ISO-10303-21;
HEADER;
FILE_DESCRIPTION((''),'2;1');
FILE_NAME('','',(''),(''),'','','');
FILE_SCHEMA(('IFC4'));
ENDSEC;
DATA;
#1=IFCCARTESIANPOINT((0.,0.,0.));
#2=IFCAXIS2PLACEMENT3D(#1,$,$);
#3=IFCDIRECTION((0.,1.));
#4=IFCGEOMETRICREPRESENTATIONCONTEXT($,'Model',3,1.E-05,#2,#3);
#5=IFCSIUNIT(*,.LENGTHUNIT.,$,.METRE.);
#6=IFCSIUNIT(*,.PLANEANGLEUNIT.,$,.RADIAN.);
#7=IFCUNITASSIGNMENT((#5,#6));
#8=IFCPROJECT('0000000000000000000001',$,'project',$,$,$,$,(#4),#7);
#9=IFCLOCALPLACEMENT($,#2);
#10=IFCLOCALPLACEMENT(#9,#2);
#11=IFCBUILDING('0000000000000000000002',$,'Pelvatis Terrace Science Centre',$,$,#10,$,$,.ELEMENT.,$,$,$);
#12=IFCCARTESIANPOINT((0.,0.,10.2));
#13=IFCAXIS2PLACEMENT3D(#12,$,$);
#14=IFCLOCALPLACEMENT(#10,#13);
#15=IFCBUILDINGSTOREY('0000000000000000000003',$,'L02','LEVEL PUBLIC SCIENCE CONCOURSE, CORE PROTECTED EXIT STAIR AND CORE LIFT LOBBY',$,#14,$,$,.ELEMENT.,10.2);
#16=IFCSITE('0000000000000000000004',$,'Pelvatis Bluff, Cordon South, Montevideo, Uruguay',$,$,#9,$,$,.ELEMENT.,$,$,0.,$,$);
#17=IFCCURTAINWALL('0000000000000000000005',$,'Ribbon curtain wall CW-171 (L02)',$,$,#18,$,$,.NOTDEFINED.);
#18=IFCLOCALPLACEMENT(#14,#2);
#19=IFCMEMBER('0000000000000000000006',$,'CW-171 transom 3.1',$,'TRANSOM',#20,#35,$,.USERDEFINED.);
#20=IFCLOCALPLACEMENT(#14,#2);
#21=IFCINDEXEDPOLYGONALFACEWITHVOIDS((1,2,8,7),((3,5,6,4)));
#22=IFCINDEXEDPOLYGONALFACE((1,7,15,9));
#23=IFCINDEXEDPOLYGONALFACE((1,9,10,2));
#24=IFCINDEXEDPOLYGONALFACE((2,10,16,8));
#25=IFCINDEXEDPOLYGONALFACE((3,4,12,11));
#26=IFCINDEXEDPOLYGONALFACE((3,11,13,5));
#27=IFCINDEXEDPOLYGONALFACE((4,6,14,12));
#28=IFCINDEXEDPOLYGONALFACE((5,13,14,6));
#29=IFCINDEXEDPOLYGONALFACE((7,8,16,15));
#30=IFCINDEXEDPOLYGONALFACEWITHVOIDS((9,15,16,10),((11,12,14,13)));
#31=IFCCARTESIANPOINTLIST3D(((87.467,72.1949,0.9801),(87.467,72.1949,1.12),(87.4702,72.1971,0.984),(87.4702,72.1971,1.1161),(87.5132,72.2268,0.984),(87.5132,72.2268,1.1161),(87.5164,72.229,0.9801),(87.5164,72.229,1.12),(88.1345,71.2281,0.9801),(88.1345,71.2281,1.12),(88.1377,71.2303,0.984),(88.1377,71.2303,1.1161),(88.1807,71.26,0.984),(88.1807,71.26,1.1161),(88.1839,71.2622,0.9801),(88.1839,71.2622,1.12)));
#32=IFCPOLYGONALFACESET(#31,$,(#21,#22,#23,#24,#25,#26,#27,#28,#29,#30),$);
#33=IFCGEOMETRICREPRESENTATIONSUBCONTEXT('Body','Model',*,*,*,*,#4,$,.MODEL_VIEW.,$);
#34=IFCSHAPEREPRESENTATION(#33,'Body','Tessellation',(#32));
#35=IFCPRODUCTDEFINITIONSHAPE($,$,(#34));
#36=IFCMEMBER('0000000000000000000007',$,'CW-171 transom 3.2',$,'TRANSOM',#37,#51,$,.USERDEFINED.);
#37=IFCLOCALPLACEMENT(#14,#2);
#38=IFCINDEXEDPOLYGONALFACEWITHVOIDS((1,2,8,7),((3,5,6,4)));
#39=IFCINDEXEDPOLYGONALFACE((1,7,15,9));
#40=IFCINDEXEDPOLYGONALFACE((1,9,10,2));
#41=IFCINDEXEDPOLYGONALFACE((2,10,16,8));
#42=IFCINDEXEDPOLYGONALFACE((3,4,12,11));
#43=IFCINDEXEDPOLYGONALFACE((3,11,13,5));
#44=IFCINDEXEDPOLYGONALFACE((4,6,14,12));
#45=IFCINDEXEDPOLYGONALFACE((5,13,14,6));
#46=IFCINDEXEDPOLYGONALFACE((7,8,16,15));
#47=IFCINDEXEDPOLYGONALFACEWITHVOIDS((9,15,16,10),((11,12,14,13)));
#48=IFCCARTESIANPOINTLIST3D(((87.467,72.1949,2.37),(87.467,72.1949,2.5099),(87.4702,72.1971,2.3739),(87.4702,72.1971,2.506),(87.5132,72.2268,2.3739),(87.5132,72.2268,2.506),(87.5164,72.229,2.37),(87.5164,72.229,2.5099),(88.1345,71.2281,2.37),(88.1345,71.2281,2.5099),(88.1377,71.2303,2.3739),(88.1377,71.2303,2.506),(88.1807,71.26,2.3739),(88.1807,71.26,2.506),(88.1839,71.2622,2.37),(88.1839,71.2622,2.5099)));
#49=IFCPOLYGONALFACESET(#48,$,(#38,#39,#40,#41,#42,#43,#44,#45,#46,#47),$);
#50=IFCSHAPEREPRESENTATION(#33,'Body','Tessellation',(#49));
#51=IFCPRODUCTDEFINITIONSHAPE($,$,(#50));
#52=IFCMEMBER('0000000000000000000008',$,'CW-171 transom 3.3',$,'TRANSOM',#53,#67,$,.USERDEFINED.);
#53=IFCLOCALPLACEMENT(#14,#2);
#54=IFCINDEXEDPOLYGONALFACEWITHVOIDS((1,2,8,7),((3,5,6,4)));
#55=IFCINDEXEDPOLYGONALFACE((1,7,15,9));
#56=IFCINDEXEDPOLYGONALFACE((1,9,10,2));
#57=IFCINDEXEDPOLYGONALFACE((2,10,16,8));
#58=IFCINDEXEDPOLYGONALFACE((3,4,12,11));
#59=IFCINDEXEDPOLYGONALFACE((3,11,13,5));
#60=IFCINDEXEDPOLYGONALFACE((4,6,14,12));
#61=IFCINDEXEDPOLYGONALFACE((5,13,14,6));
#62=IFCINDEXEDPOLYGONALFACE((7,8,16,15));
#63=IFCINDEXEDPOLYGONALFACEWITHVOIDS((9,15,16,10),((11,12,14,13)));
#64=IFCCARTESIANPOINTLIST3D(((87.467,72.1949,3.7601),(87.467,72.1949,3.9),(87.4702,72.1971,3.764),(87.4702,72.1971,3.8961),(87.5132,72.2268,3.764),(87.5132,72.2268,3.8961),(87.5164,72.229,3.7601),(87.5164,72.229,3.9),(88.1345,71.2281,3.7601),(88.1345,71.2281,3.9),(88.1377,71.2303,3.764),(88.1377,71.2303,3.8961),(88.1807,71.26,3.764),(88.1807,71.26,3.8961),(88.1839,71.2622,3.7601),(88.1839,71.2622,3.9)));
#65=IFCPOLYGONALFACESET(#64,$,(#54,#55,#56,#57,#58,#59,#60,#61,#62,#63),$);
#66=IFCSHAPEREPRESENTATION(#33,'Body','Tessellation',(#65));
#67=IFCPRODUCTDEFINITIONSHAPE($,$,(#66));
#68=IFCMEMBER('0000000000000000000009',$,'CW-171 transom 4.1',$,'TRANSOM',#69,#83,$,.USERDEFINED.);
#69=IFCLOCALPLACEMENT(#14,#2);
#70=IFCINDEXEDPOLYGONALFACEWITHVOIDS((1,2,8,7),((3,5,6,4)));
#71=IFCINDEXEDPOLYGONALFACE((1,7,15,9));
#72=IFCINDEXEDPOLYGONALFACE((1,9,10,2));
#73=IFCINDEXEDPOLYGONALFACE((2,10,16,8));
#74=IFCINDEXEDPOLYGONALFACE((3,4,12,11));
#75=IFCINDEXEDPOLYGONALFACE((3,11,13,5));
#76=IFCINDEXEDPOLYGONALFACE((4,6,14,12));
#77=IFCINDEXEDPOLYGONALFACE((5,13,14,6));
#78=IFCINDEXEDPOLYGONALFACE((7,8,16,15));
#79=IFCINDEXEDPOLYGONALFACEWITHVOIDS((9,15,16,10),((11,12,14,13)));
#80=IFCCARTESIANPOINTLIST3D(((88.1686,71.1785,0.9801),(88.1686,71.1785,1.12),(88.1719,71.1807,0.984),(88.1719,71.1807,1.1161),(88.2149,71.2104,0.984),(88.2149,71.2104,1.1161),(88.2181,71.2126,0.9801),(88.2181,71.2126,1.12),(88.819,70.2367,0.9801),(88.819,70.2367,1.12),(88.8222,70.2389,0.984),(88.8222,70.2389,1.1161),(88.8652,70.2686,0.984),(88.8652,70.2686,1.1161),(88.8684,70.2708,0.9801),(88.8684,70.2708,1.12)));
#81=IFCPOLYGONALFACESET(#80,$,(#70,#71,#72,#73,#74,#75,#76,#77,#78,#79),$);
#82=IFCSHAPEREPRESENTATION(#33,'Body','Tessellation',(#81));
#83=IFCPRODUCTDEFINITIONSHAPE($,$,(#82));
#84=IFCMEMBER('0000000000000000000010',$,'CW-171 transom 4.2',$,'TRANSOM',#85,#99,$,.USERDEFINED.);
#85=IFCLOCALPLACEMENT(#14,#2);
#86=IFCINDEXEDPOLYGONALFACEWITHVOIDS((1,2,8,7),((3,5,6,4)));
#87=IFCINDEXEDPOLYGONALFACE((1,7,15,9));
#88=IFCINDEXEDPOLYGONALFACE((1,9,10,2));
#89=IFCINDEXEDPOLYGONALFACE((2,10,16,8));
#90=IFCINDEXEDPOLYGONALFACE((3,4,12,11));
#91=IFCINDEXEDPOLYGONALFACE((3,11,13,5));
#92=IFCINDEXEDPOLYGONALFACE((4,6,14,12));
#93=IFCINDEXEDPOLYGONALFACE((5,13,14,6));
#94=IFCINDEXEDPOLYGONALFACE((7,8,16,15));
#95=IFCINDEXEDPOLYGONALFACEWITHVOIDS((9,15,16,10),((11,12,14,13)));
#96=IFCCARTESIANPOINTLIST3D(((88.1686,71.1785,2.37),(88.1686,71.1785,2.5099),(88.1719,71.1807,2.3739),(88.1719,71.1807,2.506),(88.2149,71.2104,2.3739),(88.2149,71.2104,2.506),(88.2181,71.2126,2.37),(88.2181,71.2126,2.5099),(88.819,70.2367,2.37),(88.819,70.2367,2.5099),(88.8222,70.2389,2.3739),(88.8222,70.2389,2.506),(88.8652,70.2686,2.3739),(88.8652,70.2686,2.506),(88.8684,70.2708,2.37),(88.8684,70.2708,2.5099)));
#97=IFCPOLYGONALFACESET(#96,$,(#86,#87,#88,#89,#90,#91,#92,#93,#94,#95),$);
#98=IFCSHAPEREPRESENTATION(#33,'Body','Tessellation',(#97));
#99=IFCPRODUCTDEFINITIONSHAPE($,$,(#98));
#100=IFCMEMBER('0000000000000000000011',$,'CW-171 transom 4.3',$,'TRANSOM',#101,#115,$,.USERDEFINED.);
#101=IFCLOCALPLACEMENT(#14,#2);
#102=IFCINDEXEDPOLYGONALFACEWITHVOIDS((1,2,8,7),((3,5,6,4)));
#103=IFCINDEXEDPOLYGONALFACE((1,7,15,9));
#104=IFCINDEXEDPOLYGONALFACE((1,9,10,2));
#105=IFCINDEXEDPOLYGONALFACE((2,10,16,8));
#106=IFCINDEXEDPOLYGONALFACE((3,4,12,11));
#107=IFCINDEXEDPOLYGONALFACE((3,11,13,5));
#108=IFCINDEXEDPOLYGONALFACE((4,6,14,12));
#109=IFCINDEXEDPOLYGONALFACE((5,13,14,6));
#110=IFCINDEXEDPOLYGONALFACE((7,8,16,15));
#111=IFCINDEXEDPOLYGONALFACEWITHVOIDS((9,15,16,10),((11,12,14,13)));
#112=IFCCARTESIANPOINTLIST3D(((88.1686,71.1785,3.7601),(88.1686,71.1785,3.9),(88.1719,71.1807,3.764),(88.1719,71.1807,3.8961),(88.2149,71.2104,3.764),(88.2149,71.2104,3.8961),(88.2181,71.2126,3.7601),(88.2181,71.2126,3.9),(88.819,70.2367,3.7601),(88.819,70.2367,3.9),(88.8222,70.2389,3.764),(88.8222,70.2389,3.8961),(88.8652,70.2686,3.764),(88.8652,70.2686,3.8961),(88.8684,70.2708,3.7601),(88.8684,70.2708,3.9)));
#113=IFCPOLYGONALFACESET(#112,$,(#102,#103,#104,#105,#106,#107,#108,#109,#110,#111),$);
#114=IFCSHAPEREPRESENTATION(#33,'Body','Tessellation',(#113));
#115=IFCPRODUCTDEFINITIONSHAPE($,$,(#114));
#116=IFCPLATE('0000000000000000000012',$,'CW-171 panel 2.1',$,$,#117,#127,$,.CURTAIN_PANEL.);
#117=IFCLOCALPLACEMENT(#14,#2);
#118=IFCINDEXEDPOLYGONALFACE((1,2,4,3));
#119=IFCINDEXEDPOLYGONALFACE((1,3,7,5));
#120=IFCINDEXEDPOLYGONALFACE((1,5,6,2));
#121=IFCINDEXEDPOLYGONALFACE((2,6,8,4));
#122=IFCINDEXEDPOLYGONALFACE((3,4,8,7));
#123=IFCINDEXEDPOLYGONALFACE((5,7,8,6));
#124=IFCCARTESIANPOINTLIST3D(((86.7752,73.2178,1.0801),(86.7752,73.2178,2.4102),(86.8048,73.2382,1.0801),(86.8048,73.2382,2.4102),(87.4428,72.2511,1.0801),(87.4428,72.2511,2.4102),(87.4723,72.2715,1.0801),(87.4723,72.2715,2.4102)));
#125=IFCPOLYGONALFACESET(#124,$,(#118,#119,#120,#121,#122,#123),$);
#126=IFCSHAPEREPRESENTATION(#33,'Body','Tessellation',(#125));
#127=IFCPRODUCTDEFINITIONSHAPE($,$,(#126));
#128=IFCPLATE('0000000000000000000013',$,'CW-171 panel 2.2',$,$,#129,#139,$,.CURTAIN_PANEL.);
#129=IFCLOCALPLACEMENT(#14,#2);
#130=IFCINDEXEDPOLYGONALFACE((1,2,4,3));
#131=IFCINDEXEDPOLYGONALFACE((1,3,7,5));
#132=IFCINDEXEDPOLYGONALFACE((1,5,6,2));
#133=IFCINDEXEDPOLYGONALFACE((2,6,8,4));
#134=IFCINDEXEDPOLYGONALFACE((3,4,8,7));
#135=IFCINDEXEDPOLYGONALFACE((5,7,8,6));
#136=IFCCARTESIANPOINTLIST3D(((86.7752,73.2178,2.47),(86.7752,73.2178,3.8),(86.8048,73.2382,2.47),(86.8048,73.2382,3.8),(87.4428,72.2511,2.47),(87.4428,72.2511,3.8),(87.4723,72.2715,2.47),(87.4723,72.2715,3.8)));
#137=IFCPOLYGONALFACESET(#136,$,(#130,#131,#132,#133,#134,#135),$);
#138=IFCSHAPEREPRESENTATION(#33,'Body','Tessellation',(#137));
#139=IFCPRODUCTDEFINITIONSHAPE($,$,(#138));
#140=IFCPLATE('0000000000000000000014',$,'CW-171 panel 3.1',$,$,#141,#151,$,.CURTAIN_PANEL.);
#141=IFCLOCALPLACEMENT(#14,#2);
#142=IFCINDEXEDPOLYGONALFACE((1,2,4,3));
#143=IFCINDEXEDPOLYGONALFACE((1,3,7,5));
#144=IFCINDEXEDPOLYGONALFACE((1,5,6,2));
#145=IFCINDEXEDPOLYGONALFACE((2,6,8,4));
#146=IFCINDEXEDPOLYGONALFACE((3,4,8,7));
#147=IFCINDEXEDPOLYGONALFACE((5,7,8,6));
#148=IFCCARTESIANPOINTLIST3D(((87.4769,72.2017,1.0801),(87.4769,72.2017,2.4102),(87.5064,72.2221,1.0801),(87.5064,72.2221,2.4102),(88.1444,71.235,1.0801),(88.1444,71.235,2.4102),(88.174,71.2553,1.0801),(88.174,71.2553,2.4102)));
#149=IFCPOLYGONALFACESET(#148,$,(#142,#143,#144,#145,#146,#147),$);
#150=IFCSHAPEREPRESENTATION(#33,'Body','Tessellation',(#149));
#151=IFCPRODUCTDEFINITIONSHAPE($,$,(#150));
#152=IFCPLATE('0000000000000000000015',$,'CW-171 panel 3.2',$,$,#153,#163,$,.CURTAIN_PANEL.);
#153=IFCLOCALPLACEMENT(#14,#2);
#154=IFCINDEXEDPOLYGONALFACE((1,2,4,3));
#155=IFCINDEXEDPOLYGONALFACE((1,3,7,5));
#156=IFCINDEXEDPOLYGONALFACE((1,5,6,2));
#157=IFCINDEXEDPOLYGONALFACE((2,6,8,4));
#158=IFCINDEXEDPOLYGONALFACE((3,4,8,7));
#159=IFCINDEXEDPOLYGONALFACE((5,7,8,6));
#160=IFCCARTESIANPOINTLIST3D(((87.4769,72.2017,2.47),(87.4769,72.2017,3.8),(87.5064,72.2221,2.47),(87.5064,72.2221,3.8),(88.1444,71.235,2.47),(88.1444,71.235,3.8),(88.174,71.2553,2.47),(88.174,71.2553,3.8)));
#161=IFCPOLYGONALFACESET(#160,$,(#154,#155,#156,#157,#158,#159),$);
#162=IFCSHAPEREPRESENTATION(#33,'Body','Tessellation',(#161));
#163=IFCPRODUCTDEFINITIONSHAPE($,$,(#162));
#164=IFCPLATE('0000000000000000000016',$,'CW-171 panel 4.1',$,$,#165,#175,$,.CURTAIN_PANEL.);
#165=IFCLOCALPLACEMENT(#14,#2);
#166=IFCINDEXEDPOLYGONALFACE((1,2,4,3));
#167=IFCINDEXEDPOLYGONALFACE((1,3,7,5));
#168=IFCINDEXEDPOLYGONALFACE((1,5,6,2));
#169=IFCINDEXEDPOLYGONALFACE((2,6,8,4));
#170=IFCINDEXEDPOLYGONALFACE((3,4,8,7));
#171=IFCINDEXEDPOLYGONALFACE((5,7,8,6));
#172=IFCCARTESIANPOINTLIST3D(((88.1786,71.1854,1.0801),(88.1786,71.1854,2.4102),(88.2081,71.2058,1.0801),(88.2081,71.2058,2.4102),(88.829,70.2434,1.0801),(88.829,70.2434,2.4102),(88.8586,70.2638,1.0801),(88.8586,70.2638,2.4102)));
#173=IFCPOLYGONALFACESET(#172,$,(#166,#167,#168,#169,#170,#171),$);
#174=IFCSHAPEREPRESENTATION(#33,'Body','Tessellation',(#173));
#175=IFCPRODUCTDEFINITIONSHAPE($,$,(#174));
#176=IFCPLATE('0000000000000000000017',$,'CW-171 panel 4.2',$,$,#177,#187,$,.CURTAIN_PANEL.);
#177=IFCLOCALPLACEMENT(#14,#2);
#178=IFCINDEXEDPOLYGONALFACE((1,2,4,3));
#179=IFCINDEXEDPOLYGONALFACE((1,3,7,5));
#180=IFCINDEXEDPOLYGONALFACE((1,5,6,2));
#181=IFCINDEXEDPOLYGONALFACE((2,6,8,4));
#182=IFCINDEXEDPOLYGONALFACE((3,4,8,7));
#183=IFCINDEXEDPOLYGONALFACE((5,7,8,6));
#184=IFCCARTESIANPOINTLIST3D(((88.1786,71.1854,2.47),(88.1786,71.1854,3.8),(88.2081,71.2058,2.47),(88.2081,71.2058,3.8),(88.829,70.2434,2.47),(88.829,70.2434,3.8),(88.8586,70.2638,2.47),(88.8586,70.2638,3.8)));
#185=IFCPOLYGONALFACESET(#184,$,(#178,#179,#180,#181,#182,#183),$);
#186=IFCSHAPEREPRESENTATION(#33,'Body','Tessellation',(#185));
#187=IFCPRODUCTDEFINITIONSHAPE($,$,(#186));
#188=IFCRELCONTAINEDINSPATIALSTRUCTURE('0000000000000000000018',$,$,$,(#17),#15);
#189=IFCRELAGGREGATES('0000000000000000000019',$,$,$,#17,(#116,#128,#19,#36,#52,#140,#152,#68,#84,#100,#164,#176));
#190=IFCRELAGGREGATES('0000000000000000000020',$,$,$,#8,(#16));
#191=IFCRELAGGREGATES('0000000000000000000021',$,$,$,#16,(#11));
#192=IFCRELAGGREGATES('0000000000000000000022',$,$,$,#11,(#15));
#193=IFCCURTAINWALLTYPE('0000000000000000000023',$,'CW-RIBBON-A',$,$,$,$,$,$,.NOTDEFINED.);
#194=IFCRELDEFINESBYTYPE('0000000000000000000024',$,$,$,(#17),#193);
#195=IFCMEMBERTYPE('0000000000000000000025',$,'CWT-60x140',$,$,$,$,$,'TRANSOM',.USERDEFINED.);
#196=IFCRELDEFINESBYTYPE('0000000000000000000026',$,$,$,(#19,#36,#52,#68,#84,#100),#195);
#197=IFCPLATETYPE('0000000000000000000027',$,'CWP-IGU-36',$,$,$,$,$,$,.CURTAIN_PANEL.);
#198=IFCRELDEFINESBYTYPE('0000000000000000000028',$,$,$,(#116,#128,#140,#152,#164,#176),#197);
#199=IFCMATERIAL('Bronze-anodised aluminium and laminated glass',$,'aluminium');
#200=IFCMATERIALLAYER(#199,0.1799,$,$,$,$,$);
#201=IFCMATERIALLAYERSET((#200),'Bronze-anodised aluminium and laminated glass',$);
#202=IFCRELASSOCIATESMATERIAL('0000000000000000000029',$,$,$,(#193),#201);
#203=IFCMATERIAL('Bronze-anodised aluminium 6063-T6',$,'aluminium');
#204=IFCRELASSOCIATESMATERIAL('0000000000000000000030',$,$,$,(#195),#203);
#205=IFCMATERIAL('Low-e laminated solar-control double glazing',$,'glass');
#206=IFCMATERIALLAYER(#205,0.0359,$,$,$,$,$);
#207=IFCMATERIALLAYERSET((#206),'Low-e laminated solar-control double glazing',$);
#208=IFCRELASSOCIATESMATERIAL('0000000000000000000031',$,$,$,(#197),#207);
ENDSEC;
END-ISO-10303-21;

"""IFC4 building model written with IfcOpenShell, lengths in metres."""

from ifc_helpers import new_model, si_unit, direction, frame, origin, origin_2d, place, context, subcontext, project, spatial, rectangle, hollow_rectangle, extrude, material, layer, layer_set, material_profile, profile_set, type_object, element, aggregate, save


model = new_model("IFC4")

# Units and contexts
model_context = context("Model", 3, precision=1e-05, world=origin(), true_north=direction((0.0, 1.0)))
body_context = subcontext(model_context, "Body", "Model", "MODEL_VIEW")
ifc_project = project(units=[si_unit("LENGTHUNIT", "METRE"), si_unit("PLANEANGLEUNIT", "RADIAN")], contexts=[model_context])

# Site, building, storey
site_placement = place(None, origin())
site = spatial("IfcSite", under=ifc_project, at=site_placement, Name="Pelvatis Bluff, Cordon South, Montevideo, Uruguay", CompositionType="ELEMENT", RefElevation=0.0)
building_placement = place(site_placement, origin())
building = spatial("IfcBuilding", under=site, at=building_placement, Name="Pelvatis Terrace Science Centre", CompositionType="ELEMENT")
storey_placement = place(building_placement, frame((0.0, 0.0, 10.2)))
storey = spatial("IfcBuildingStorey", under=building, at=storey_placement, Name="L02", Description="LEVEL PUBLIC SCIENCE CONCOURSE, CORE PROTECTED EXIT STAIR AND CORE LIFT LOBBY", CompositionType="ELEMENT", Elevation=10.2)

# Shared definitions
ifc_material_1 = material(Name="Bronze-anodised aluminium and laminated glass", Category="aluminium")
ifc_layer_1 = layer(ifc_material_1, 0.1799)
ifc_layer_set_1 = layer_set([ifc_layer_1], Name="Bronze-anodised aluminium and laminated glass")
curtain_wall_type = type_object("IfcCurtainWallType", Name="CW-RIBBON-A", PredefinedType="NOTDEFINED", material=ifc_layer_set_1)

# Curtain wall, members, plates
curtain_wall_1_placement = place(storey_placement, origin())
curtain_wall_1 = element("IfcCurtainWall", 1, at=curtain_wall_1_placement, inside=storey, type_object=curtain_wall_type, Name="Ribbon curtain wall CW-171 (L02)", PredefinedType="NOTDEFINED")
ifc_material_2 = material(Name="Bronze-anodised aluminium 6063-T6", Category="aluminium")
ifc_material_profile_1 = material_profile(ifc_material_2, hollow_rectangle(XDim=0.0601, YDim=0.1399, WallThickness=0.0039, at=origin_2d()), Name="ALU-TRN 60x140")
ifc_profile_set_1 = profile_set([ifc_material_profile_1], Name="Bronze-anodised aluminium 6063-T6")
member_type_1 = type_object("IfcMemberType", Name="CWT-60x140", ElementType="TRANSOM", PredefinedType="USERDEFINED", material=ifc_profile_set_1)
member_1_placement = place(storey_placement, frame((87.4917, 72.2119, 1.05), z_axis=(0.568151, -0.822925, 0.0), x_axis=(0.822925, 0.568151, 0.0)))
member_1 = element("IfcMember", 2, at=member_1_placement, type_object=member_type_1, Name="CW-171 transom 3.1", ObjectType="TRANSOM", PredefinedType="USERDEFINED", context=body_context, shape_type="SweptSolid", body=[
    extrude(hollow_rectangle(XDim=0.0601, YDim=0.1399, WallThickness=0.0039, at=origin_2d()), origin(), (0.0, 0.0, 1.0), 1.1748),
])
member_2_placement = place(storey_placement, frame((87.4917, 72.2119, 2.4399), z_axis=(0.568151, -0.822925, 0.0), x_axis=(0.822925, 0.568151, 0.0)))
member_2 = element("IfcMember", 3, at=member_2_placement, type_object=member_type_1, Name="CW-171 transom 3.2", ObjectType="TRANSOM", PredefinedType="USERDEFINED", context=body_context, shape_type="SweptSolid", body=[
    extrude(hollow_rectangle(XDim=0.0601, YDim=0.1399, WallThickness=0.0039, at=origin_2d()), origin(), (0.0, 0.0, 1.0), 1.1748),
])
member_3_placement = place(storey_placement, frame((87.4917, 72.2119, 3.8301), z_axis=(0.568151, -0.822925, 0.0), x_axis=(0.822925, 0.568151, 0.0)))
member_3 = element("IfcMember", 4, at=member_3_placement, type_object=member_type_1, Name="CW-171 transom 3.3", ObjectType="TRANSOM", PredefinedType="USERDEFINED", context=body_context, shape_type="SweptSolid", body=[
    extrude(hollow_rectangle(XDim=0.0601, YDim=0.1399, WallThickness=0.0039, at=origin_2d()), origin(), (0.0, 0.0, 1.0), 1.1748),
])
member_4_placement = place(storey_placement, frame((88.1934, 71.1956, 1.05), z_axis=(0.568211, -0.822883, 0.0), x_axis=(0.822883, 0.568211, 0.0)))
member_4 = element("IfcMember", 5, at=member_4_placement, type_object=member_type_1, Name="CW-171 transom 4.1", ObjectType="TRANSOM", PredefinedType="USERDEFINED", context=body_context, shape_type="SweptSolid", body=[
    extrude(hollow_rectangle(XDim=0.0601, YDim=0.1399, WallThickness=0.0039, at=origin_2d()), origin(), (0.0, 0.0, 1.0), 1.1445),
])
member_5_placement = place(storey_placement, frame((88.1934, 71.1956, 2.4399), z_axis=(0.568211, -0.822883, 0.0), x_axis=(0.822883, 0.568211, 0.0)))
member_5 = element("IfcMember", 6, at=member_5_placement, type_object=member_type_1, Name="CW-171 transom 4.2", ObjectType="TRANSOM", PredefinedType="USERDEFINED", context=body_context, shape_type="SweptSolid", body=[
    extrude(hollow_rectangle(XDim=0.0601, YDim=0.1399, WallThickness=0.0039, at=origin_2d()), origin(), (0.0, 0.0, 1.0), 1.1445),
])
member_6_placement = place(storey_placement, frame((88.1934, 71.1956, 3.8301), z_axis=(0.568211, -0.822883, 0.0), x_axis=(0.822883, 0.568211, 0.0)))
member_6 = element("IfcMember", 7, at=member_6_placement, type_object=member_type_1, Name="CW-171 transom 4.3", ObjectType="TRANSOM", PredefinedType="USERDEFINED", context=body_context, shape_type="SweptSolid", body=[
    extrude(hollow_rectangle(XDim=0.0601, YDim=0.1399, WallThickness=0.0039, at=origin_2d()), origin(), (0.0, 0.0, 1.0), 1.1445),
])
ifc_material_3 = material(Name="Low-e laminated solar-control double glazing", Category="glass")
ifc_layer_2 = layer(ifc_material_3, 0.0359)
ifc_layer_set_2 = layer_set([ifc_layer_2], Name="Low-e laminated solar-control double glazing")
plate_type_1 = type_object("IfcPlateType", Name="CWP-IGU-36", PredefinedType="CURTAIN_PANEL", material=ifc_layer_set_2)
plate_1_placement = place(storey_placement, frame((87.1238, 72.7446, 1.0801), z_axis=(0.0, 0.0, 1.0), x_axis=(0.568203, -0.822888, 0.0)))
plate_1 = element("IfcPlate", 8, at=plate_1_placement, type_object=plate_type_1, Name="CW-171 panel 2.1", PredefinedType="CURTAIN_PANEL", context=body_context, shape_type="SweptSolid", body=[
    extrude(rectangle(XDim=1.1748, YDim=0.0359, at=origin_2d()), origin(), (0.0, 0.0, 1.0), 1.3301),
])
plate_2_placement = place(storey_placement, frame((87.1238, 72.7446, 2.47), z_axis=(0.0, 0.0, 1.0), x_axis=(0.568203, -0.822888, 0.0)))
plate_2 = element("IfcPlate", 9, at=plate_2_placement, type_object=plate_type_1, Name="CW-171 panel 2.2", PredefinedType="CURTAIN_PANEL", context=body_context, shape_type="SweptSolid", body=[
    extrude(rectangle(XDim=1.1748, YDim=0.0359, at=origin_2d()), origin(), (0.0, 0.0, 1.0), 1.3301),
])
plate_3_placement = place(storey_placement, frame((87.8254, 71.7285, 1.0801), z_axis=(0.0, 0.0, 1.0), x_axis=(0.568203, -0.822888, 0.0)))
plate_3 = element("IfcPlate", 10, at=plate_3_placement, type_object=plate_type_1, Name="CW-171 panel 3.1", PredefinedType="CURTAIN_PANEL", context=body_context, shape_type="SweptSolid", body=[
    extrude(rectangle(XDim=1.1748, YDim=0.0359, at=origin_2d()), origin(), (0.0, 0.0, 1.0), 1.3301),
])
plate_4_placement = place(storey_placement, frame((87.8254, 71.7285, 2.47), z_axis=(0.0, 0.0, 1.0), x_axis=(0.568203, -0.822888, 0.0)))
plate_4 = element("IfcPlate", 11, at=plate_4_placement, type_object=plate_type_1, Name="CW-171 panel 3.2", PredefinedType="CURTAIN_PANEL", context=body_context, shape_type="SweptSolid", body=[
    extrude(rectangle(XDim=1.1748, YDim=0.0359, at=origin_2d()), origin(), (0.0, 0.0, 1.0), 1.3301),
])
plate_5_placement = place(storey_placement, frame((88.5186, 70.7246, 1.0801), z_axis=(0.0, 0.0, 1.0), x_axis=(0.568203, -0.822888, 0.0)))
plate_5 = element("IfcPlate", 12, at=plate_5_placement, type_object=plate_type_1, Name="CW-171 panel 4.1", PredefinedType="CURTAIN_PANEL", context=body_context, shape_type="SweptSolid", body=[
    extrude(rectangle(XDim=1.1448, YDim=0.0359, at=origin_2d()), origin(), (0.0, 0.0, 1.0), 1.3301),
])
plate_6_placement = place(storey_placement, frame((88.5186, 70.7246, 2.47), z_axis=(0.0, 0.0, 1.0), x_axis=(0.568203, -0.822888, 0.0)))
plate_6 = element("IfcPlate", 13, at=plate_6_placement, type_object=plate_type_1, Name="CW-171 panel 4.2", PredefinedType="CURTAIN_PANEL", context=body_context, shape_type="SweptSolid", body=[
    extrude(rectangle(XDim=1.1448, YDim=0.0359, at=origin_2d()), origin(), (0.0, 0.0, 1.0), 1.3301),
])
aggregate(curtain_wall_1, [plate_1, plate_2, member_1, member_2, member_3, plate_3, plate_4, member_4, member_5, member_6, plate_5, plate_6])

save(model, "model.ifc")
